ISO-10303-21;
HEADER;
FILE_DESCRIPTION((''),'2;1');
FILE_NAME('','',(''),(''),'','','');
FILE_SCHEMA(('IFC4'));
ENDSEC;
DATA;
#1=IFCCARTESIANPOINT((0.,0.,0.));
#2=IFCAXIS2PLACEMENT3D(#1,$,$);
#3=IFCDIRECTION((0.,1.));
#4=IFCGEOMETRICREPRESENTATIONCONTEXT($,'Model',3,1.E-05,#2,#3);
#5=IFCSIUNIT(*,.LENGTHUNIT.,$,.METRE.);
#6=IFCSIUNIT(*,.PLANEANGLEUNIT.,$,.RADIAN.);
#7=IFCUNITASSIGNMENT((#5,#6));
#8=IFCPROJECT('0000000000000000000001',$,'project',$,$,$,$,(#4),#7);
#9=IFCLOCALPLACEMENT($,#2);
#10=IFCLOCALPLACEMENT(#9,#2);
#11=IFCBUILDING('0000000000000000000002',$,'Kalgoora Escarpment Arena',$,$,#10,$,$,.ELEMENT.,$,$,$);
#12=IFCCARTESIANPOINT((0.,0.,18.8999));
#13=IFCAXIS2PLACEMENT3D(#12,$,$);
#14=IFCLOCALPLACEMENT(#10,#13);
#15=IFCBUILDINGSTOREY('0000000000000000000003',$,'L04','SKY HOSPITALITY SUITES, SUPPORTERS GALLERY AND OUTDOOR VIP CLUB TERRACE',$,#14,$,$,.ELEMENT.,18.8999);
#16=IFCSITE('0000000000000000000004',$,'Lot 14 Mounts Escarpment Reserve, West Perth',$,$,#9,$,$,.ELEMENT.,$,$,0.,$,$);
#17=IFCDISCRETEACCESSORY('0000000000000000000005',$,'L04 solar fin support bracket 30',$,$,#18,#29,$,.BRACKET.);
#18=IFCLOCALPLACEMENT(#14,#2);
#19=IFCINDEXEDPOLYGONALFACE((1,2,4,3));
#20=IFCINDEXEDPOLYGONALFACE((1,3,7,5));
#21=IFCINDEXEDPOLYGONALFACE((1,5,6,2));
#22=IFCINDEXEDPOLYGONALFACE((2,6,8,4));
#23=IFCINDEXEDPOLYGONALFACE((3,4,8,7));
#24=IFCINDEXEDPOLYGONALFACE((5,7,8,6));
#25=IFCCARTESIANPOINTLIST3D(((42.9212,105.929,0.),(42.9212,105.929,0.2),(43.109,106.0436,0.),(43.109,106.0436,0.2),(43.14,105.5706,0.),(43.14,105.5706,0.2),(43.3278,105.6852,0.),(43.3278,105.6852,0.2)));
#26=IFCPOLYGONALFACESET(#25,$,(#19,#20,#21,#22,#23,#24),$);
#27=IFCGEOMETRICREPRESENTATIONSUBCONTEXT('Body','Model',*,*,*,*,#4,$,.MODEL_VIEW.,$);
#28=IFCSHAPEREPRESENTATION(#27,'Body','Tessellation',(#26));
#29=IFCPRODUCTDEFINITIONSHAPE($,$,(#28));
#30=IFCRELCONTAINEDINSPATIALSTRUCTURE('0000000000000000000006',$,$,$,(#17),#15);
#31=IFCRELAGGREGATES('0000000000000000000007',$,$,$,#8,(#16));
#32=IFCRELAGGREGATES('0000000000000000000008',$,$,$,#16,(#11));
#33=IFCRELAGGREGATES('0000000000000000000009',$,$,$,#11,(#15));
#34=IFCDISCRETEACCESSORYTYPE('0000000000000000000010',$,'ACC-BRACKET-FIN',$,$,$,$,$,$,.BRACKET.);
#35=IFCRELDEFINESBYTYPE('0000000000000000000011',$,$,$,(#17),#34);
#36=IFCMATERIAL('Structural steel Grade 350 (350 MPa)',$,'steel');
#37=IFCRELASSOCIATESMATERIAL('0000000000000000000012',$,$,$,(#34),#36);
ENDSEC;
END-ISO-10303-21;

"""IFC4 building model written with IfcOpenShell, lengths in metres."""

from ifc_helpers import new_model, si_unit, direction, frame, origin, origin_2d, place, context, subcontext, project, spatial, rectangle, extrude, material, type_object, element, save


model = new_model("IFC4")

# Units and contexts
model_context = context("Model", 3, precision=1e-05, world=origin(), true_north=direction((0.0, 1.0)))
body_context = subcontext(model_context, "Body", "Model", "MODEL_VIEW")
ifc_project = project(units=[si_unit("LENGTHUNIT", "METRE"), si_unit("PLANEANGLEUNIT", "RADIAN")], contexts=[model_context])

# Site, building, storey
site_placement = place(None, origin())
site = spatial("IfcSite", under=ifc_project, at=site_placement, Name="Lot 14 Mounts Escarpment Reserve, West Perth", CompositionType="ELEMENT", RefElevation=0.0)
building_placement = place(site_placement, origin())
building = spatial("IfcBuilding", under=site, at=building_placement, Name="Kalgoora Escarpment Arena", CompositionType="ELEMENT")
storey_placement = place(building_placement, frame((0.0, 0.0, 18.8999)))
storey = spatial("IfcBuildingStorey", under=building, at=storey_placement, Name="L04", Description="SKY HOSPITALITY SUITES, SUPPORTERS GALLERY AND OUTDOOR VIP CLUB TERRACE", CompositionType="ELEMENT", Elevation=18.8999)

# Discrete accessory
ifc_material_1 = material(Name="Structural steel Grade 350 (350 MPa)", Category="steel")
discrete_accessory_type = type_object("IfcDiscreteAccessoryType", Name="ACC-BRACKET-FIN", PredefinedType="BRACKET", material=ifc_material_1)
discrete_accessory_placement = place(storey_placement, frame((43.1245, 105.8071, 0.0), z_axis=(0.0, 0.0, 1.0), x_axis=(-0.52101, 0.853551, 0.0)))
element("IfcDiscreteAccessory", 1, at=discrete_accessory_placement, inside=storey, type_object=discrete_accessory_type, Name="L04 solar fin support bracket 30", PredefinedType="BRACKET", context=body_context, shape_type="SweptSolid", body=[
    extrude(rectangle(XDim=0.4199, YDim=0.22, at=origin_2d()), origin(), (0.0, 0.0, 1.0), 0.2),
])

save(model, "model.ifc")
